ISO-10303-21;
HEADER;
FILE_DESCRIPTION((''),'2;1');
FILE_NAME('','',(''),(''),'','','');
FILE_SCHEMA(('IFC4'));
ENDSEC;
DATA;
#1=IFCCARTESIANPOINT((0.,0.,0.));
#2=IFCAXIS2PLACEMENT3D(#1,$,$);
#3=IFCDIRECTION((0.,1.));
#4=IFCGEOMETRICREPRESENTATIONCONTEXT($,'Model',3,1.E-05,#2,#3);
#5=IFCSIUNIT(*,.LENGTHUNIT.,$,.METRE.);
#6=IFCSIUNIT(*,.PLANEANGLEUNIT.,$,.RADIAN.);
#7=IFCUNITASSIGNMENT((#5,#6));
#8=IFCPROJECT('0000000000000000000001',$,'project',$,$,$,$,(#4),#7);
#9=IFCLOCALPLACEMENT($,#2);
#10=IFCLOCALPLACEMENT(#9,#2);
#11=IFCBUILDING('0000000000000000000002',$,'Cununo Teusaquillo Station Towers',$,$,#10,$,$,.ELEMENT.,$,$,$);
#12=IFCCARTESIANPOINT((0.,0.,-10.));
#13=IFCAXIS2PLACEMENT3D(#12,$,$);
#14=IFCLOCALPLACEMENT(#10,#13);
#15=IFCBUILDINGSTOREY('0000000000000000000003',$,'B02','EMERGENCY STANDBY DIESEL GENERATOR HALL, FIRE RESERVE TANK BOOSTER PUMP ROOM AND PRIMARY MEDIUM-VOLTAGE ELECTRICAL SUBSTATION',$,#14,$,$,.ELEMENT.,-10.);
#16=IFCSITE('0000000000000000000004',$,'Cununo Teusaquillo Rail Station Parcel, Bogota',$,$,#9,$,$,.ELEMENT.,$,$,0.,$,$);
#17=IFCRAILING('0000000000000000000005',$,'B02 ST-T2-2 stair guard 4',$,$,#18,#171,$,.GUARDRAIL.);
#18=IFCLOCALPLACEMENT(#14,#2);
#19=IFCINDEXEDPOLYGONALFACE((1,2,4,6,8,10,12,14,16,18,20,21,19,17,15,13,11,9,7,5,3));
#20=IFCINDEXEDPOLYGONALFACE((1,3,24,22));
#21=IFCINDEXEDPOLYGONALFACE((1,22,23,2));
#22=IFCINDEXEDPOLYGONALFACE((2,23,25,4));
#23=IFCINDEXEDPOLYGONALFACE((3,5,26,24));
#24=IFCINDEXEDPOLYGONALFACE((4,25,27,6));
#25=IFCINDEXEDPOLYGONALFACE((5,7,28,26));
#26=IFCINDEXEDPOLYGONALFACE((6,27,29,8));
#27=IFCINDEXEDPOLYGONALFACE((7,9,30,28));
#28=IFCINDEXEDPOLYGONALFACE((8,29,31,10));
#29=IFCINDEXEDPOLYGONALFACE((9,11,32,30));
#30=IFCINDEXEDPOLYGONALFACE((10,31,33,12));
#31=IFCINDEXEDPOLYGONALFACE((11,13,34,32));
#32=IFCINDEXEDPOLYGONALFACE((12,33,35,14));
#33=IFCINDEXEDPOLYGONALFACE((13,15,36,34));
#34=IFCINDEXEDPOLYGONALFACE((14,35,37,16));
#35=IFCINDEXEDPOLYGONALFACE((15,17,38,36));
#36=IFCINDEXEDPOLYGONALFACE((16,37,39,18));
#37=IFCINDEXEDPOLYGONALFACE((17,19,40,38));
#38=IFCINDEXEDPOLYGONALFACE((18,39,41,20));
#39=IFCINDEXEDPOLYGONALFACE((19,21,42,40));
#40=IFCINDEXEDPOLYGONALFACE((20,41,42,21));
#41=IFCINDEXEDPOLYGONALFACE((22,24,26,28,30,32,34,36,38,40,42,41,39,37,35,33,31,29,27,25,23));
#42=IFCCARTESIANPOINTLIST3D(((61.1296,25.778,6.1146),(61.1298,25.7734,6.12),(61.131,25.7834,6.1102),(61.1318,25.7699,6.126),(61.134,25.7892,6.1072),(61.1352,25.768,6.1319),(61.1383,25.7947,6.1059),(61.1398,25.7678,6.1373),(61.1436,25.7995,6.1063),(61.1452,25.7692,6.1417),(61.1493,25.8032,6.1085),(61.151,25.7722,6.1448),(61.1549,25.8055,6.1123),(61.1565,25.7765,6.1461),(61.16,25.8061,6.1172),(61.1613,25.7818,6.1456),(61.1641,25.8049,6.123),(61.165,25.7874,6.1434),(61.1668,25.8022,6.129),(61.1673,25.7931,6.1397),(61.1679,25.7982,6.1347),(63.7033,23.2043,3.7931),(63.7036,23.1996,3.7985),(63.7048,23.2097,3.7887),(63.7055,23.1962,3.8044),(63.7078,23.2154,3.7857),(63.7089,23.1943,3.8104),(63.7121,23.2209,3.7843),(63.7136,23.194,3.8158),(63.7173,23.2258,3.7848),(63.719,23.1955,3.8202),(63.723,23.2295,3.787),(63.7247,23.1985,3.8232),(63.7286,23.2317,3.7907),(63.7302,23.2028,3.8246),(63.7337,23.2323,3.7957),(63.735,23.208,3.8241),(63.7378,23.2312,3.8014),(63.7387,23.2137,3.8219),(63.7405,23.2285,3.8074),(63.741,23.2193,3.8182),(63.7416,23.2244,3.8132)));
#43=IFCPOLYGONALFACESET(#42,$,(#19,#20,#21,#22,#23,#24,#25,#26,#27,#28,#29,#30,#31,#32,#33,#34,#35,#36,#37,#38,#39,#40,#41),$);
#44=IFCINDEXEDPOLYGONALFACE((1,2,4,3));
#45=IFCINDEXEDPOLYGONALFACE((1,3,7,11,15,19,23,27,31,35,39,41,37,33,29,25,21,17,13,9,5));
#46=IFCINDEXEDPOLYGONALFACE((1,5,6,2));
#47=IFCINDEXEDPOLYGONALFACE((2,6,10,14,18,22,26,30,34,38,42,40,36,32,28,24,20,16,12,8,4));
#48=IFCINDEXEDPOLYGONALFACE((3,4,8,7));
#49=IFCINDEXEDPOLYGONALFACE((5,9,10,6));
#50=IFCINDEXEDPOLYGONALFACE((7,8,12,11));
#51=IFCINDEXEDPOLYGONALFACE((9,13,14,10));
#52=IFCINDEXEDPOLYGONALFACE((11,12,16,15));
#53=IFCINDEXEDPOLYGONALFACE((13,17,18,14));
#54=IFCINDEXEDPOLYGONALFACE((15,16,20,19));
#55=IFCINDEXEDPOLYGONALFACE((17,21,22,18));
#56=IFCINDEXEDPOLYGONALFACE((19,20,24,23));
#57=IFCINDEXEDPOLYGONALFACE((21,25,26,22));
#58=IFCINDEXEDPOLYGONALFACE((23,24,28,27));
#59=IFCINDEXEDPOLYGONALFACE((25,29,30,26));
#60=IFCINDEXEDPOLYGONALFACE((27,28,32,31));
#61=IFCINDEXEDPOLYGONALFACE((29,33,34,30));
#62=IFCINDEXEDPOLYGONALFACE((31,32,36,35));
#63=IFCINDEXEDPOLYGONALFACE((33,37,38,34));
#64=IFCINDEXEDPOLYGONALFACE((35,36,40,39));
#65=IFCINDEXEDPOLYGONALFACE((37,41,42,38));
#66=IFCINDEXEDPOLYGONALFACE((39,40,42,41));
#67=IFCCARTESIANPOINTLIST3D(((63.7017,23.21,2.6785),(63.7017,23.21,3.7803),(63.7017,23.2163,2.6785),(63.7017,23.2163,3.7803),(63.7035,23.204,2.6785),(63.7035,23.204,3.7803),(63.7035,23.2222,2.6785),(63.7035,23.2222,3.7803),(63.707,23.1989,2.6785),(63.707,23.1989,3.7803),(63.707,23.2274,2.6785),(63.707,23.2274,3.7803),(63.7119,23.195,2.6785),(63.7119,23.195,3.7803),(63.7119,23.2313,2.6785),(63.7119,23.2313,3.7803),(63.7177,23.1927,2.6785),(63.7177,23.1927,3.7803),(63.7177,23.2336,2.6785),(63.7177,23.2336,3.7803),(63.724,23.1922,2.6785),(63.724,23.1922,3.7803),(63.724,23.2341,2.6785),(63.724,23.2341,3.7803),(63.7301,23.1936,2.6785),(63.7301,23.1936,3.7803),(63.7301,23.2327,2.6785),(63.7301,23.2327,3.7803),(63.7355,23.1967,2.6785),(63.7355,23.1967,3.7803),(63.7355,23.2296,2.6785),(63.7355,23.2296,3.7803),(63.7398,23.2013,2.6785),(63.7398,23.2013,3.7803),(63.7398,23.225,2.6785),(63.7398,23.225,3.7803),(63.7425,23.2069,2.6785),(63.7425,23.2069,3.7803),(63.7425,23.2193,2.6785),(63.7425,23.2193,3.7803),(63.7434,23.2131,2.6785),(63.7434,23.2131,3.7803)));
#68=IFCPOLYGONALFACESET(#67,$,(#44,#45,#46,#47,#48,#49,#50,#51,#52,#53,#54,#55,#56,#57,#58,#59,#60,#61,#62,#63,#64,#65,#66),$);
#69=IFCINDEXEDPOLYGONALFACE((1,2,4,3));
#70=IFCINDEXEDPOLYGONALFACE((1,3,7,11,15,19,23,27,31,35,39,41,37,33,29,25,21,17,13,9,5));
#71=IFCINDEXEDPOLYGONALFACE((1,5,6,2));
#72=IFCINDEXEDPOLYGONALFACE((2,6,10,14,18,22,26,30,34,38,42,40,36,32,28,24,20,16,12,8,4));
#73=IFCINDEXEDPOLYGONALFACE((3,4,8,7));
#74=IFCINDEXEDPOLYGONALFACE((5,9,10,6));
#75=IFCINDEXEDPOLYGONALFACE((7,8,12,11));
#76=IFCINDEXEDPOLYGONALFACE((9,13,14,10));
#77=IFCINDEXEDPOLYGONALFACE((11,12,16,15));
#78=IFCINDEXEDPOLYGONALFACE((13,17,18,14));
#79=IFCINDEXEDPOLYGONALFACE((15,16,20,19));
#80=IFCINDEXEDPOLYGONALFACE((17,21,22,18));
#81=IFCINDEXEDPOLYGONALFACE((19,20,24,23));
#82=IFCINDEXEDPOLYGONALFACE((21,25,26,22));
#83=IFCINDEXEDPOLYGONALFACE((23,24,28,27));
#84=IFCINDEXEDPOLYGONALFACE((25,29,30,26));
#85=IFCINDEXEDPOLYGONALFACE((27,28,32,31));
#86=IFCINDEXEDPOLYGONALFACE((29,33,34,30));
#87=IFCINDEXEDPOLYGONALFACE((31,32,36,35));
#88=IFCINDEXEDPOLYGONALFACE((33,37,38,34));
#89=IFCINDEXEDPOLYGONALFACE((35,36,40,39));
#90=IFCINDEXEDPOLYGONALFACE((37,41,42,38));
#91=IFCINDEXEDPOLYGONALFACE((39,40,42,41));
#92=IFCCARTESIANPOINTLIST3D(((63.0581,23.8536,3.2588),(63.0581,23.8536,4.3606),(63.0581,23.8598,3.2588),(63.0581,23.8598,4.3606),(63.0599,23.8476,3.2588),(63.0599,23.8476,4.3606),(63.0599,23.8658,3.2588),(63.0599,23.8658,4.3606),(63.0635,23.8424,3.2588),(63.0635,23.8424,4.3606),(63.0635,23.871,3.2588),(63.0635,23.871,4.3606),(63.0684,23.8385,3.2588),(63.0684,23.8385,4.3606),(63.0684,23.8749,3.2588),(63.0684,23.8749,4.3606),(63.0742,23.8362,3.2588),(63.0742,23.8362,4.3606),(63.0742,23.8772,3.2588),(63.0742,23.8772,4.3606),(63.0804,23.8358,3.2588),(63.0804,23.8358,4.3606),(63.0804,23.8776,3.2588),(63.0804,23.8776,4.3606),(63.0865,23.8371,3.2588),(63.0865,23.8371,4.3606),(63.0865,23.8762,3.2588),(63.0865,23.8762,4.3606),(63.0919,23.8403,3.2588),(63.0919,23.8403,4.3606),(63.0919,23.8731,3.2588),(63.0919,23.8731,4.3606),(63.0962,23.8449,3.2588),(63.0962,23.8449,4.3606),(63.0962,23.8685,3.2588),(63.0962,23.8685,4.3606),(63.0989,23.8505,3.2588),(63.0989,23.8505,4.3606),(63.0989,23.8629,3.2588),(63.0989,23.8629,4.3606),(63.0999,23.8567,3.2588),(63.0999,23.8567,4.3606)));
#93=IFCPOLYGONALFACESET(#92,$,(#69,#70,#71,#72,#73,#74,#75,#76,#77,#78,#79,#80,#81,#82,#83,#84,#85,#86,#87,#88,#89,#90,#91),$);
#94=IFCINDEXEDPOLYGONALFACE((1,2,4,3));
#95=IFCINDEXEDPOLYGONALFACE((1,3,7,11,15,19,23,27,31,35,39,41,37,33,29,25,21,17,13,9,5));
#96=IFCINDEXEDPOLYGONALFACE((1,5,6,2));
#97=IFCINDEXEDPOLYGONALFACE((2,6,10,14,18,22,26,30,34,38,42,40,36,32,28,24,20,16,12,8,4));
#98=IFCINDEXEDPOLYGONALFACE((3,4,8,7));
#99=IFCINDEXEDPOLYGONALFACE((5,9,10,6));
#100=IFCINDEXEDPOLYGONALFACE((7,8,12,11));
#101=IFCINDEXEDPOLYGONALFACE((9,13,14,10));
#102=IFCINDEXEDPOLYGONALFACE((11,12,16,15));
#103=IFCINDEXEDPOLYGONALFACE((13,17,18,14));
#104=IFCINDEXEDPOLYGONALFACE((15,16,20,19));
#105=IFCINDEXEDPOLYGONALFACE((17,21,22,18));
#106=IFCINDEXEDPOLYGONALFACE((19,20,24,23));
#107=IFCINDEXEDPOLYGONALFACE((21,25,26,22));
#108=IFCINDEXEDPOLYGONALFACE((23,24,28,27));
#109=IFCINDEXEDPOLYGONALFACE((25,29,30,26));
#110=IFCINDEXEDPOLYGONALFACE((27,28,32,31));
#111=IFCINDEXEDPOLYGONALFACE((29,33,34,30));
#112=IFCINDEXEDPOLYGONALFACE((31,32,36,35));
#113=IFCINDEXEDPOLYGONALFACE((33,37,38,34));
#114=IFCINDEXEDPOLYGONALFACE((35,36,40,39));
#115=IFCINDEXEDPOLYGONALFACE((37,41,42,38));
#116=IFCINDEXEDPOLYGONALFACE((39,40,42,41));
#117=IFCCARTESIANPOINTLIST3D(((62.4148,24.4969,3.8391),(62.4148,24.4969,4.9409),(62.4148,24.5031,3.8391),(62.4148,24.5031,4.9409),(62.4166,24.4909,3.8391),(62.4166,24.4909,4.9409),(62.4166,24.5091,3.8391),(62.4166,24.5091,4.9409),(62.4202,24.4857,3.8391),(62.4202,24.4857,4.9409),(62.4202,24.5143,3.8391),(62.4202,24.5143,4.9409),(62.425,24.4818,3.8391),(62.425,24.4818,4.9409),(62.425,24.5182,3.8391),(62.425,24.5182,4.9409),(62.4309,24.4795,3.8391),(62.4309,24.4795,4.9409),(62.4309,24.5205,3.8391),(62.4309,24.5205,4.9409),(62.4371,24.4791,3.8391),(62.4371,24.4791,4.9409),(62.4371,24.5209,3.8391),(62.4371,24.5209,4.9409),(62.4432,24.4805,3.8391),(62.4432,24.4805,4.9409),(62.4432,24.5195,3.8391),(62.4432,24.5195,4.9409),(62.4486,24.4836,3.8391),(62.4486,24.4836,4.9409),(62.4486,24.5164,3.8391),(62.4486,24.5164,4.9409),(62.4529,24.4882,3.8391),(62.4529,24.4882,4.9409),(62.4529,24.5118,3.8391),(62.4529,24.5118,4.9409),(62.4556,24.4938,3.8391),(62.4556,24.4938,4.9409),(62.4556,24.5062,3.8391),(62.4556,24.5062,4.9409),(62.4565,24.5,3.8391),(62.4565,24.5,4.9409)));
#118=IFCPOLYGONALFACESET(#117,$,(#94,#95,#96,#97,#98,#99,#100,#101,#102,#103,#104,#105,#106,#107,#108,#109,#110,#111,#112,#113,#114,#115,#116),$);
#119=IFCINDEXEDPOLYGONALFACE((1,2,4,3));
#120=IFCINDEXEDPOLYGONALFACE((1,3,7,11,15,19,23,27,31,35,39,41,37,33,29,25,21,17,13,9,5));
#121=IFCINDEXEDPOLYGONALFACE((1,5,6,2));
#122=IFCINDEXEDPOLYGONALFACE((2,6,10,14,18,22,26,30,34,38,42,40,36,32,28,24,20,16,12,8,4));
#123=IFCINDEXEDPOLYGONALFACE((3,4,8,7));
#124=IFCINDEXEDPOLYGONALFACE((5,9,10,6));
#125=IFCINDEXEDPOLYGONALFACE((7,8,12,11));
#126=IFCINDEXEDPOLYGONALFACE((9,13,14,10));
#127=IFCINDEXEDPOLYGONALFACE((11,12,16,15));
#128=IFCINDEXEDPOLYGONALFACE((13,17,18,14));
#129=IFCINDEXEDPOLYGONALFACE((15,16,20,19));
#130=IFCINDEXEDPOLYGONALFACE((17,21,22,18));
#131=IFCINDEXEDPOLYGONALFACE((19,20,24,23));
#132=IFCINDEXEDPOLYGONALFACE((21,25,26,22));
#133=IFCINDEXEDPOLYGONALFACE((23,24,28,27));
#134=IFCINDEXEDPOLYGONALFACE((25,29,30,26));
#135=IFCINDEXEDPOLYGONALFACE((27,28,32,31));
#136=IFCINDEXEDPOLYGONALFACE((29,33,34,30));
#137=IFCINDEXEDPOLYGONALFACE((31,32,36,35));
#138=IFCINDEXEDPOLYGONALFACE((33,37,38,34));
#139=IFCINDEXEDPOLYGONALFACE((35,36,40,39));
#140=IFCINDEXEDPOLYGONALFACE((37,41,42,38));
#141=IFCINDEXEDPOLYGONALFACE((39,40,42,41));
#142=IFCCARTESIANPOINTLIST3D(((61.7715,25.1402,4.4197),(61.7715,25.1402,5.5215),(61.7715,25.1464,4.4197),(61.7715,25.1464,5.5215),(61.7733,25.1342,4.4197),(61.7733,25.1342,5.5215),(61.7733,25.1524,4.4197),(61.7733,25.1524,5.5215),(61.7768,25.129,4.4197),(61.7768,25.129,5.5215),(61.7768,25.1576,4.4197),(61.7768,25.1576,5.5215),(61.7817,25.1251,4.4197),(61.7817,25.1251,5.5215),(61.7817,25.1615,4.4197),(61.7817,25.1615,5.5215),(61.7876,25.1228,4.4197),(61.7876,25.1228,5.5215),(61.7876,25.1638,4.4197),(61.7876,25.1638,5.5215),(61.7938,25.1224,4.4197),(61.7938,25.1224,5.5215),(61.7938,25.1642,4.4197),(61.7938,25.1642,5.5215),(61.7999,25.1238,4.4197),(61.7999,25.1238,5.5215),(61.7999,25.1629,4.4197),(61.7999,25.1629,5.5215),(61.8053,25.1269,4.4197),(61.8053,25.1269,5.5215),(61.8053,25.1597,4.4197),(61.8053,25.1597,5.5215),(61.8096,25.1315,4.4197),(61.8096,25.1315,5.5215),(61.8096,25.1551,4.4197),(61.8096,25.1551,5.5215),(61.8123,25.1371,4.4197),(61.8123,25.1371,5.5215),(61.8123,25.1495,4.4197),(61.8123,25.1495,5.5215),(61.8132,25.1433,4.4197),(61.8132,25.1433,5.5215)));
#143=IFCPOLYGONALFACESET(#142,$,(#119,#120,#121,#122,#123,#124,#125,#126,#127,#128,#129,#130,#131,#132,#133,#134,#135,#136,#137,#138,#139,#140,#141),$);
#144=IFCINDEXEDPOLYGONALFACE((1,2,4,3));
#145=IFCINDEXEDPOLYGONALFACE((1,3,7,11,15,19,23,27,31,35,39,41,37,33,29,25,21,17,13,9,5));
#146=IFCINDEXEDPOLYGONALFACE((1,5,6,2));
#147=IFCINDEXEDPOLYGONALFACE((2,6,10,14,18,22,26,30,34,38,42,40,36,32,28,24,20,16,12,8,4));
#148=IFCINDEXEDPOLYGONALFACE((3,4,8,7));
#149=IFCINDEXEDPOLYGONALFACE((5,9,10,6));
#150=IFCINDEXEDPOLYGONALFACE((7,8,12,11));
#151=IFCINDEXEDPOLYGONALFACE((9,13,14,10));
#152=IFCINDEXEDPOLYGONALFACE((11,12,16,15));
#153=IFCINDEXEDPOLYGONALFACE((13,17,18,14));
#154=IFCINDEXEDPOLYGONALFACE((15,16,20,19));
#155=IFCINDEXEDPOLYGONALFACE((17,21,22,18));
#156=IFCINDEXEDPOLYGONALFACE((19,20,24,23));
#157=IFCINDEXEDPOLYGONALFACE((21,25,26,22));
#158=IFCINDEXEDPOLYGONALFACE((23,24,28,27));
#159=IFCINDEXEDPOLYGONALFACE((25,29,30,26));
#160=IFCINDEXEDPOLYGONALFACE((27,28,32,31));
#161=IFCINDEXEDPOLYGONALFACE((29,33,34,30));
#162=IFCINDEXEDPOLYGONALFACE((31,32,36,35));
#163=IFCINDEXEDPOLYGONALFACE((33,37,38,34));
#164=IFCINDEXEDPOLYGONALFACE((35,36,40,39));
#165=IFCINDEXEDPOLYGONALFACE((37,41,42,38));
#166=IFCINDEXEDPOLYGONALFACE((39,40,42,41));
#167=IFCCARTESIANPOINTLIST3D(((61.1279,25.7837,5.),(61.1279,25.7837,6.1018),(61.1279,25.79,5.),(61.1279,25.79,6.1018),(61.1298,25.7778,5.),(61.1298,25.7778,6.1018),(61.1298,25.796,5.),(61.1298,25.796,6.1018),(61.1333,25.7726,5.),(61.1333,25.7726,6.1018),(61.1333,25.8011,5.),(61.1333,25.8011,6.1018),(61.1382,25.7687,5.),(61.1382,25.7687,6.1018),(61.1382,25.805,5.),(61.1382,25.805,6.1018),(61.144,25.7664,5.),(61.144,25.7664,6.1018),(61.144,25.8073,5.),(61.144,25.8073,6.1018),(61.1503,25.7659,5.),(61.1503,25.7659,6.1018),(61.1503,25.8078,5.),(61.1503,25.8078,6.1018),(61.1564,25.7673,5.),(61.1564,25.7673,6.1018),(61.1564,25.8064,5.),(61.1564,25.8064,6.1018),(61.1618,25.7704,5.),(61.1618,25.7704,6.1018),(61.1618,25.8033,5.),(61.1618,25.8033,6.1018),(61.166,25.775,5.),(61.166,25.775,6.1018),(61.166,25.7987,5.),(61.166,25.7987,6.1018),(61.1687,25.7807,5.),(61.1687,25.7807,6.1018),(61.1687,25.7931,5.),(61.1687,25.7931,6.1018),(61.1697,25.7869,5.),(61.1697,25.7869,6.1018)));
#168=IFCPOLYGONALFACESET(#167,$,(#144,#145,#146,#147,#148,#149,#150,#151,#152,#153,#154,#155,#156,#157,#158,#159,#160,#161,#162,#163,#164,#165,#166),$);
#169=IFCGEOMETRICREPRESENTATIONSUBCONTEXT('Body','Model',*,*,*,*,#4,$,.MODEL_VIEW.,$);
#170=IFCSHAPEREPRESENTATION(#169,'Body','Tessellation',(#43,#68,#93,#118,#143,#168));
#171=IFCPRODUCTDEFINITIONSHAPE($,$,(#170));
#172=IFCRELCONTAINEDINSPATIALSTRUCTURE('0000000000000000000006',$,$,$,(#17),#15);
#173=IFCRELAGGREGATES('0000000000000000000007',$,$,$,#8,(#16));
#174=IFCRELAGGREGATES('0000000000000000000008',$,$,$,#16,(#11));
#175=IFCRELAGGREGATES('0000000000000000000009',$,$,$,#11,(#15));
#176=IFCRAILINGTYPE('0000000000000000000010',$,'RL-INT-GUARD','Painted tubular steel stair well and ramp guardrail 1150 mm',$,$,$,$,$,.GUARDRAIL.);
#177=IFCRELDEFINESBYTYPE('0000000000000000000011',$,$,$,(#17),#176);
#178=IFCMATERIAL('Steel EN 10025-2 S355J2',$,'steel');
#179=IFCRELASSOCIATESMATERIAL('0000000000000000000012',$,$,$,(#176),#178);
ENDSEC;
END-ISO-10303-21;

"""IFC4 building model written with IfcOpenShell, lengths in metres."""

from ifc_helpers import new_model, si_unit, direction, frame, origin, origin_2d, place, context, subcontext, project, spatial, circle, extrude, material, type_object, element, save


model = new_model("IFC4")

# Units and contexts
model_context = context("Model", 3, precision=1e-05, world=origin(), true_north=direction((0.0, 1.0)))
body_context = subcontext(model_context, "Body", "Model", "MODEL_VIEW")
ifc_project = project(units=[si_unit("LENGTHUNIT", "METRE"), si_unit("PLANEANGLEUNIT", "RADIAN")], contexts=[model_context])

# Site, building, storey
site_placement = place(None, origin())
site = spatial("IfcSite", under=ifc_project, at=site_placement, Name="Cununo Teusaquillo Rail Station Parcel, Bogota", CompositionType="ELEMENT", RefElevation=0.0)
building_placement = place(site_placement, origin())
building = spatial("IfcBuilding", under=site, at=building_placement, Name="Cununo Teusaquillo Station Towers", CompositionType="ELEMENT")
storey_placement = place(building_placement, frame((0.0, 0.0, -10.0)))
storey = spatial("IfcBuildingStorey", under=building, at=storey_placement, Name="B02", Description="EMERGENCY STANDBY DIESEL GENERATOR HALL, FIRE RESERVE TANK BOOSTER PUMP ROOM AND PRIMARY MEDIUM-VOLTAGE ELECTRICAL SUBSTATION", CompositionType="ELEMENT", Elevation=-10.0)

# Railing
ifc_material_1 = material(Name="Steel EN 10025-2 S355J2", Category="steel")
railing_type = type_object("IfcRailingType", Name="RL-INT-GUARD", Description="Painted tubular steel stair well and ramp guardrail 1150 mm", PredefinedType="GUARDRAIL", material=ifc_material_1)
railing_1_placement = place(storey_placement, frame((63.7224, 23.2131, 2.6785)))
element("IfcRailing", 1, at=railing_1_placement, inside=storey, type_object=railing_type, Name="B02 ST-T2-2 stair guard 4", PredefinedType="GUARDRAIL", context=body_context, shape_type="SweptSolid", body=[
    extrude(circle(Radius=0.0239, at=origin_2d()), frame((0.0, 0.0, 1.126), z_axis=(-0.596166, 0.596166, 0.537748), x_axis=(-0.707107, -0.707107, 0.0)), (0.0, 0.0, 1.0), 4.3171),
    extrude(circle(Radius=0.021, at=origin_2d()), origin(), (0.0, 0.0, 1.0), 1.1018),
    extrude(circle(Radius=0.021, at=origin_2d()), frame((-0.6436, 0.6436, 0.5803)), (0.0, 0.0, 1.0), 1.1018),
    extrude(circle(Radius=0.021, at=origin_2d()), frame((-1.2869, 1.2869, 1.1606)), (0.0, 0.0, 1.0), 1.1018),
    extrude(circle(Radius=0.021, at=origin_2d()), frame((-1.9302, 1.9302, 1.7412)), (0.0, 0.0, 1.0), 1.1018),
    extrude(circle(Radius=0.021, at=origin_2d()), frame((-2.5737, 2.5737, 2.3215)), (0.0, 0.0, 1.0), 1.1018),
])

save(model, "model.ifc")
